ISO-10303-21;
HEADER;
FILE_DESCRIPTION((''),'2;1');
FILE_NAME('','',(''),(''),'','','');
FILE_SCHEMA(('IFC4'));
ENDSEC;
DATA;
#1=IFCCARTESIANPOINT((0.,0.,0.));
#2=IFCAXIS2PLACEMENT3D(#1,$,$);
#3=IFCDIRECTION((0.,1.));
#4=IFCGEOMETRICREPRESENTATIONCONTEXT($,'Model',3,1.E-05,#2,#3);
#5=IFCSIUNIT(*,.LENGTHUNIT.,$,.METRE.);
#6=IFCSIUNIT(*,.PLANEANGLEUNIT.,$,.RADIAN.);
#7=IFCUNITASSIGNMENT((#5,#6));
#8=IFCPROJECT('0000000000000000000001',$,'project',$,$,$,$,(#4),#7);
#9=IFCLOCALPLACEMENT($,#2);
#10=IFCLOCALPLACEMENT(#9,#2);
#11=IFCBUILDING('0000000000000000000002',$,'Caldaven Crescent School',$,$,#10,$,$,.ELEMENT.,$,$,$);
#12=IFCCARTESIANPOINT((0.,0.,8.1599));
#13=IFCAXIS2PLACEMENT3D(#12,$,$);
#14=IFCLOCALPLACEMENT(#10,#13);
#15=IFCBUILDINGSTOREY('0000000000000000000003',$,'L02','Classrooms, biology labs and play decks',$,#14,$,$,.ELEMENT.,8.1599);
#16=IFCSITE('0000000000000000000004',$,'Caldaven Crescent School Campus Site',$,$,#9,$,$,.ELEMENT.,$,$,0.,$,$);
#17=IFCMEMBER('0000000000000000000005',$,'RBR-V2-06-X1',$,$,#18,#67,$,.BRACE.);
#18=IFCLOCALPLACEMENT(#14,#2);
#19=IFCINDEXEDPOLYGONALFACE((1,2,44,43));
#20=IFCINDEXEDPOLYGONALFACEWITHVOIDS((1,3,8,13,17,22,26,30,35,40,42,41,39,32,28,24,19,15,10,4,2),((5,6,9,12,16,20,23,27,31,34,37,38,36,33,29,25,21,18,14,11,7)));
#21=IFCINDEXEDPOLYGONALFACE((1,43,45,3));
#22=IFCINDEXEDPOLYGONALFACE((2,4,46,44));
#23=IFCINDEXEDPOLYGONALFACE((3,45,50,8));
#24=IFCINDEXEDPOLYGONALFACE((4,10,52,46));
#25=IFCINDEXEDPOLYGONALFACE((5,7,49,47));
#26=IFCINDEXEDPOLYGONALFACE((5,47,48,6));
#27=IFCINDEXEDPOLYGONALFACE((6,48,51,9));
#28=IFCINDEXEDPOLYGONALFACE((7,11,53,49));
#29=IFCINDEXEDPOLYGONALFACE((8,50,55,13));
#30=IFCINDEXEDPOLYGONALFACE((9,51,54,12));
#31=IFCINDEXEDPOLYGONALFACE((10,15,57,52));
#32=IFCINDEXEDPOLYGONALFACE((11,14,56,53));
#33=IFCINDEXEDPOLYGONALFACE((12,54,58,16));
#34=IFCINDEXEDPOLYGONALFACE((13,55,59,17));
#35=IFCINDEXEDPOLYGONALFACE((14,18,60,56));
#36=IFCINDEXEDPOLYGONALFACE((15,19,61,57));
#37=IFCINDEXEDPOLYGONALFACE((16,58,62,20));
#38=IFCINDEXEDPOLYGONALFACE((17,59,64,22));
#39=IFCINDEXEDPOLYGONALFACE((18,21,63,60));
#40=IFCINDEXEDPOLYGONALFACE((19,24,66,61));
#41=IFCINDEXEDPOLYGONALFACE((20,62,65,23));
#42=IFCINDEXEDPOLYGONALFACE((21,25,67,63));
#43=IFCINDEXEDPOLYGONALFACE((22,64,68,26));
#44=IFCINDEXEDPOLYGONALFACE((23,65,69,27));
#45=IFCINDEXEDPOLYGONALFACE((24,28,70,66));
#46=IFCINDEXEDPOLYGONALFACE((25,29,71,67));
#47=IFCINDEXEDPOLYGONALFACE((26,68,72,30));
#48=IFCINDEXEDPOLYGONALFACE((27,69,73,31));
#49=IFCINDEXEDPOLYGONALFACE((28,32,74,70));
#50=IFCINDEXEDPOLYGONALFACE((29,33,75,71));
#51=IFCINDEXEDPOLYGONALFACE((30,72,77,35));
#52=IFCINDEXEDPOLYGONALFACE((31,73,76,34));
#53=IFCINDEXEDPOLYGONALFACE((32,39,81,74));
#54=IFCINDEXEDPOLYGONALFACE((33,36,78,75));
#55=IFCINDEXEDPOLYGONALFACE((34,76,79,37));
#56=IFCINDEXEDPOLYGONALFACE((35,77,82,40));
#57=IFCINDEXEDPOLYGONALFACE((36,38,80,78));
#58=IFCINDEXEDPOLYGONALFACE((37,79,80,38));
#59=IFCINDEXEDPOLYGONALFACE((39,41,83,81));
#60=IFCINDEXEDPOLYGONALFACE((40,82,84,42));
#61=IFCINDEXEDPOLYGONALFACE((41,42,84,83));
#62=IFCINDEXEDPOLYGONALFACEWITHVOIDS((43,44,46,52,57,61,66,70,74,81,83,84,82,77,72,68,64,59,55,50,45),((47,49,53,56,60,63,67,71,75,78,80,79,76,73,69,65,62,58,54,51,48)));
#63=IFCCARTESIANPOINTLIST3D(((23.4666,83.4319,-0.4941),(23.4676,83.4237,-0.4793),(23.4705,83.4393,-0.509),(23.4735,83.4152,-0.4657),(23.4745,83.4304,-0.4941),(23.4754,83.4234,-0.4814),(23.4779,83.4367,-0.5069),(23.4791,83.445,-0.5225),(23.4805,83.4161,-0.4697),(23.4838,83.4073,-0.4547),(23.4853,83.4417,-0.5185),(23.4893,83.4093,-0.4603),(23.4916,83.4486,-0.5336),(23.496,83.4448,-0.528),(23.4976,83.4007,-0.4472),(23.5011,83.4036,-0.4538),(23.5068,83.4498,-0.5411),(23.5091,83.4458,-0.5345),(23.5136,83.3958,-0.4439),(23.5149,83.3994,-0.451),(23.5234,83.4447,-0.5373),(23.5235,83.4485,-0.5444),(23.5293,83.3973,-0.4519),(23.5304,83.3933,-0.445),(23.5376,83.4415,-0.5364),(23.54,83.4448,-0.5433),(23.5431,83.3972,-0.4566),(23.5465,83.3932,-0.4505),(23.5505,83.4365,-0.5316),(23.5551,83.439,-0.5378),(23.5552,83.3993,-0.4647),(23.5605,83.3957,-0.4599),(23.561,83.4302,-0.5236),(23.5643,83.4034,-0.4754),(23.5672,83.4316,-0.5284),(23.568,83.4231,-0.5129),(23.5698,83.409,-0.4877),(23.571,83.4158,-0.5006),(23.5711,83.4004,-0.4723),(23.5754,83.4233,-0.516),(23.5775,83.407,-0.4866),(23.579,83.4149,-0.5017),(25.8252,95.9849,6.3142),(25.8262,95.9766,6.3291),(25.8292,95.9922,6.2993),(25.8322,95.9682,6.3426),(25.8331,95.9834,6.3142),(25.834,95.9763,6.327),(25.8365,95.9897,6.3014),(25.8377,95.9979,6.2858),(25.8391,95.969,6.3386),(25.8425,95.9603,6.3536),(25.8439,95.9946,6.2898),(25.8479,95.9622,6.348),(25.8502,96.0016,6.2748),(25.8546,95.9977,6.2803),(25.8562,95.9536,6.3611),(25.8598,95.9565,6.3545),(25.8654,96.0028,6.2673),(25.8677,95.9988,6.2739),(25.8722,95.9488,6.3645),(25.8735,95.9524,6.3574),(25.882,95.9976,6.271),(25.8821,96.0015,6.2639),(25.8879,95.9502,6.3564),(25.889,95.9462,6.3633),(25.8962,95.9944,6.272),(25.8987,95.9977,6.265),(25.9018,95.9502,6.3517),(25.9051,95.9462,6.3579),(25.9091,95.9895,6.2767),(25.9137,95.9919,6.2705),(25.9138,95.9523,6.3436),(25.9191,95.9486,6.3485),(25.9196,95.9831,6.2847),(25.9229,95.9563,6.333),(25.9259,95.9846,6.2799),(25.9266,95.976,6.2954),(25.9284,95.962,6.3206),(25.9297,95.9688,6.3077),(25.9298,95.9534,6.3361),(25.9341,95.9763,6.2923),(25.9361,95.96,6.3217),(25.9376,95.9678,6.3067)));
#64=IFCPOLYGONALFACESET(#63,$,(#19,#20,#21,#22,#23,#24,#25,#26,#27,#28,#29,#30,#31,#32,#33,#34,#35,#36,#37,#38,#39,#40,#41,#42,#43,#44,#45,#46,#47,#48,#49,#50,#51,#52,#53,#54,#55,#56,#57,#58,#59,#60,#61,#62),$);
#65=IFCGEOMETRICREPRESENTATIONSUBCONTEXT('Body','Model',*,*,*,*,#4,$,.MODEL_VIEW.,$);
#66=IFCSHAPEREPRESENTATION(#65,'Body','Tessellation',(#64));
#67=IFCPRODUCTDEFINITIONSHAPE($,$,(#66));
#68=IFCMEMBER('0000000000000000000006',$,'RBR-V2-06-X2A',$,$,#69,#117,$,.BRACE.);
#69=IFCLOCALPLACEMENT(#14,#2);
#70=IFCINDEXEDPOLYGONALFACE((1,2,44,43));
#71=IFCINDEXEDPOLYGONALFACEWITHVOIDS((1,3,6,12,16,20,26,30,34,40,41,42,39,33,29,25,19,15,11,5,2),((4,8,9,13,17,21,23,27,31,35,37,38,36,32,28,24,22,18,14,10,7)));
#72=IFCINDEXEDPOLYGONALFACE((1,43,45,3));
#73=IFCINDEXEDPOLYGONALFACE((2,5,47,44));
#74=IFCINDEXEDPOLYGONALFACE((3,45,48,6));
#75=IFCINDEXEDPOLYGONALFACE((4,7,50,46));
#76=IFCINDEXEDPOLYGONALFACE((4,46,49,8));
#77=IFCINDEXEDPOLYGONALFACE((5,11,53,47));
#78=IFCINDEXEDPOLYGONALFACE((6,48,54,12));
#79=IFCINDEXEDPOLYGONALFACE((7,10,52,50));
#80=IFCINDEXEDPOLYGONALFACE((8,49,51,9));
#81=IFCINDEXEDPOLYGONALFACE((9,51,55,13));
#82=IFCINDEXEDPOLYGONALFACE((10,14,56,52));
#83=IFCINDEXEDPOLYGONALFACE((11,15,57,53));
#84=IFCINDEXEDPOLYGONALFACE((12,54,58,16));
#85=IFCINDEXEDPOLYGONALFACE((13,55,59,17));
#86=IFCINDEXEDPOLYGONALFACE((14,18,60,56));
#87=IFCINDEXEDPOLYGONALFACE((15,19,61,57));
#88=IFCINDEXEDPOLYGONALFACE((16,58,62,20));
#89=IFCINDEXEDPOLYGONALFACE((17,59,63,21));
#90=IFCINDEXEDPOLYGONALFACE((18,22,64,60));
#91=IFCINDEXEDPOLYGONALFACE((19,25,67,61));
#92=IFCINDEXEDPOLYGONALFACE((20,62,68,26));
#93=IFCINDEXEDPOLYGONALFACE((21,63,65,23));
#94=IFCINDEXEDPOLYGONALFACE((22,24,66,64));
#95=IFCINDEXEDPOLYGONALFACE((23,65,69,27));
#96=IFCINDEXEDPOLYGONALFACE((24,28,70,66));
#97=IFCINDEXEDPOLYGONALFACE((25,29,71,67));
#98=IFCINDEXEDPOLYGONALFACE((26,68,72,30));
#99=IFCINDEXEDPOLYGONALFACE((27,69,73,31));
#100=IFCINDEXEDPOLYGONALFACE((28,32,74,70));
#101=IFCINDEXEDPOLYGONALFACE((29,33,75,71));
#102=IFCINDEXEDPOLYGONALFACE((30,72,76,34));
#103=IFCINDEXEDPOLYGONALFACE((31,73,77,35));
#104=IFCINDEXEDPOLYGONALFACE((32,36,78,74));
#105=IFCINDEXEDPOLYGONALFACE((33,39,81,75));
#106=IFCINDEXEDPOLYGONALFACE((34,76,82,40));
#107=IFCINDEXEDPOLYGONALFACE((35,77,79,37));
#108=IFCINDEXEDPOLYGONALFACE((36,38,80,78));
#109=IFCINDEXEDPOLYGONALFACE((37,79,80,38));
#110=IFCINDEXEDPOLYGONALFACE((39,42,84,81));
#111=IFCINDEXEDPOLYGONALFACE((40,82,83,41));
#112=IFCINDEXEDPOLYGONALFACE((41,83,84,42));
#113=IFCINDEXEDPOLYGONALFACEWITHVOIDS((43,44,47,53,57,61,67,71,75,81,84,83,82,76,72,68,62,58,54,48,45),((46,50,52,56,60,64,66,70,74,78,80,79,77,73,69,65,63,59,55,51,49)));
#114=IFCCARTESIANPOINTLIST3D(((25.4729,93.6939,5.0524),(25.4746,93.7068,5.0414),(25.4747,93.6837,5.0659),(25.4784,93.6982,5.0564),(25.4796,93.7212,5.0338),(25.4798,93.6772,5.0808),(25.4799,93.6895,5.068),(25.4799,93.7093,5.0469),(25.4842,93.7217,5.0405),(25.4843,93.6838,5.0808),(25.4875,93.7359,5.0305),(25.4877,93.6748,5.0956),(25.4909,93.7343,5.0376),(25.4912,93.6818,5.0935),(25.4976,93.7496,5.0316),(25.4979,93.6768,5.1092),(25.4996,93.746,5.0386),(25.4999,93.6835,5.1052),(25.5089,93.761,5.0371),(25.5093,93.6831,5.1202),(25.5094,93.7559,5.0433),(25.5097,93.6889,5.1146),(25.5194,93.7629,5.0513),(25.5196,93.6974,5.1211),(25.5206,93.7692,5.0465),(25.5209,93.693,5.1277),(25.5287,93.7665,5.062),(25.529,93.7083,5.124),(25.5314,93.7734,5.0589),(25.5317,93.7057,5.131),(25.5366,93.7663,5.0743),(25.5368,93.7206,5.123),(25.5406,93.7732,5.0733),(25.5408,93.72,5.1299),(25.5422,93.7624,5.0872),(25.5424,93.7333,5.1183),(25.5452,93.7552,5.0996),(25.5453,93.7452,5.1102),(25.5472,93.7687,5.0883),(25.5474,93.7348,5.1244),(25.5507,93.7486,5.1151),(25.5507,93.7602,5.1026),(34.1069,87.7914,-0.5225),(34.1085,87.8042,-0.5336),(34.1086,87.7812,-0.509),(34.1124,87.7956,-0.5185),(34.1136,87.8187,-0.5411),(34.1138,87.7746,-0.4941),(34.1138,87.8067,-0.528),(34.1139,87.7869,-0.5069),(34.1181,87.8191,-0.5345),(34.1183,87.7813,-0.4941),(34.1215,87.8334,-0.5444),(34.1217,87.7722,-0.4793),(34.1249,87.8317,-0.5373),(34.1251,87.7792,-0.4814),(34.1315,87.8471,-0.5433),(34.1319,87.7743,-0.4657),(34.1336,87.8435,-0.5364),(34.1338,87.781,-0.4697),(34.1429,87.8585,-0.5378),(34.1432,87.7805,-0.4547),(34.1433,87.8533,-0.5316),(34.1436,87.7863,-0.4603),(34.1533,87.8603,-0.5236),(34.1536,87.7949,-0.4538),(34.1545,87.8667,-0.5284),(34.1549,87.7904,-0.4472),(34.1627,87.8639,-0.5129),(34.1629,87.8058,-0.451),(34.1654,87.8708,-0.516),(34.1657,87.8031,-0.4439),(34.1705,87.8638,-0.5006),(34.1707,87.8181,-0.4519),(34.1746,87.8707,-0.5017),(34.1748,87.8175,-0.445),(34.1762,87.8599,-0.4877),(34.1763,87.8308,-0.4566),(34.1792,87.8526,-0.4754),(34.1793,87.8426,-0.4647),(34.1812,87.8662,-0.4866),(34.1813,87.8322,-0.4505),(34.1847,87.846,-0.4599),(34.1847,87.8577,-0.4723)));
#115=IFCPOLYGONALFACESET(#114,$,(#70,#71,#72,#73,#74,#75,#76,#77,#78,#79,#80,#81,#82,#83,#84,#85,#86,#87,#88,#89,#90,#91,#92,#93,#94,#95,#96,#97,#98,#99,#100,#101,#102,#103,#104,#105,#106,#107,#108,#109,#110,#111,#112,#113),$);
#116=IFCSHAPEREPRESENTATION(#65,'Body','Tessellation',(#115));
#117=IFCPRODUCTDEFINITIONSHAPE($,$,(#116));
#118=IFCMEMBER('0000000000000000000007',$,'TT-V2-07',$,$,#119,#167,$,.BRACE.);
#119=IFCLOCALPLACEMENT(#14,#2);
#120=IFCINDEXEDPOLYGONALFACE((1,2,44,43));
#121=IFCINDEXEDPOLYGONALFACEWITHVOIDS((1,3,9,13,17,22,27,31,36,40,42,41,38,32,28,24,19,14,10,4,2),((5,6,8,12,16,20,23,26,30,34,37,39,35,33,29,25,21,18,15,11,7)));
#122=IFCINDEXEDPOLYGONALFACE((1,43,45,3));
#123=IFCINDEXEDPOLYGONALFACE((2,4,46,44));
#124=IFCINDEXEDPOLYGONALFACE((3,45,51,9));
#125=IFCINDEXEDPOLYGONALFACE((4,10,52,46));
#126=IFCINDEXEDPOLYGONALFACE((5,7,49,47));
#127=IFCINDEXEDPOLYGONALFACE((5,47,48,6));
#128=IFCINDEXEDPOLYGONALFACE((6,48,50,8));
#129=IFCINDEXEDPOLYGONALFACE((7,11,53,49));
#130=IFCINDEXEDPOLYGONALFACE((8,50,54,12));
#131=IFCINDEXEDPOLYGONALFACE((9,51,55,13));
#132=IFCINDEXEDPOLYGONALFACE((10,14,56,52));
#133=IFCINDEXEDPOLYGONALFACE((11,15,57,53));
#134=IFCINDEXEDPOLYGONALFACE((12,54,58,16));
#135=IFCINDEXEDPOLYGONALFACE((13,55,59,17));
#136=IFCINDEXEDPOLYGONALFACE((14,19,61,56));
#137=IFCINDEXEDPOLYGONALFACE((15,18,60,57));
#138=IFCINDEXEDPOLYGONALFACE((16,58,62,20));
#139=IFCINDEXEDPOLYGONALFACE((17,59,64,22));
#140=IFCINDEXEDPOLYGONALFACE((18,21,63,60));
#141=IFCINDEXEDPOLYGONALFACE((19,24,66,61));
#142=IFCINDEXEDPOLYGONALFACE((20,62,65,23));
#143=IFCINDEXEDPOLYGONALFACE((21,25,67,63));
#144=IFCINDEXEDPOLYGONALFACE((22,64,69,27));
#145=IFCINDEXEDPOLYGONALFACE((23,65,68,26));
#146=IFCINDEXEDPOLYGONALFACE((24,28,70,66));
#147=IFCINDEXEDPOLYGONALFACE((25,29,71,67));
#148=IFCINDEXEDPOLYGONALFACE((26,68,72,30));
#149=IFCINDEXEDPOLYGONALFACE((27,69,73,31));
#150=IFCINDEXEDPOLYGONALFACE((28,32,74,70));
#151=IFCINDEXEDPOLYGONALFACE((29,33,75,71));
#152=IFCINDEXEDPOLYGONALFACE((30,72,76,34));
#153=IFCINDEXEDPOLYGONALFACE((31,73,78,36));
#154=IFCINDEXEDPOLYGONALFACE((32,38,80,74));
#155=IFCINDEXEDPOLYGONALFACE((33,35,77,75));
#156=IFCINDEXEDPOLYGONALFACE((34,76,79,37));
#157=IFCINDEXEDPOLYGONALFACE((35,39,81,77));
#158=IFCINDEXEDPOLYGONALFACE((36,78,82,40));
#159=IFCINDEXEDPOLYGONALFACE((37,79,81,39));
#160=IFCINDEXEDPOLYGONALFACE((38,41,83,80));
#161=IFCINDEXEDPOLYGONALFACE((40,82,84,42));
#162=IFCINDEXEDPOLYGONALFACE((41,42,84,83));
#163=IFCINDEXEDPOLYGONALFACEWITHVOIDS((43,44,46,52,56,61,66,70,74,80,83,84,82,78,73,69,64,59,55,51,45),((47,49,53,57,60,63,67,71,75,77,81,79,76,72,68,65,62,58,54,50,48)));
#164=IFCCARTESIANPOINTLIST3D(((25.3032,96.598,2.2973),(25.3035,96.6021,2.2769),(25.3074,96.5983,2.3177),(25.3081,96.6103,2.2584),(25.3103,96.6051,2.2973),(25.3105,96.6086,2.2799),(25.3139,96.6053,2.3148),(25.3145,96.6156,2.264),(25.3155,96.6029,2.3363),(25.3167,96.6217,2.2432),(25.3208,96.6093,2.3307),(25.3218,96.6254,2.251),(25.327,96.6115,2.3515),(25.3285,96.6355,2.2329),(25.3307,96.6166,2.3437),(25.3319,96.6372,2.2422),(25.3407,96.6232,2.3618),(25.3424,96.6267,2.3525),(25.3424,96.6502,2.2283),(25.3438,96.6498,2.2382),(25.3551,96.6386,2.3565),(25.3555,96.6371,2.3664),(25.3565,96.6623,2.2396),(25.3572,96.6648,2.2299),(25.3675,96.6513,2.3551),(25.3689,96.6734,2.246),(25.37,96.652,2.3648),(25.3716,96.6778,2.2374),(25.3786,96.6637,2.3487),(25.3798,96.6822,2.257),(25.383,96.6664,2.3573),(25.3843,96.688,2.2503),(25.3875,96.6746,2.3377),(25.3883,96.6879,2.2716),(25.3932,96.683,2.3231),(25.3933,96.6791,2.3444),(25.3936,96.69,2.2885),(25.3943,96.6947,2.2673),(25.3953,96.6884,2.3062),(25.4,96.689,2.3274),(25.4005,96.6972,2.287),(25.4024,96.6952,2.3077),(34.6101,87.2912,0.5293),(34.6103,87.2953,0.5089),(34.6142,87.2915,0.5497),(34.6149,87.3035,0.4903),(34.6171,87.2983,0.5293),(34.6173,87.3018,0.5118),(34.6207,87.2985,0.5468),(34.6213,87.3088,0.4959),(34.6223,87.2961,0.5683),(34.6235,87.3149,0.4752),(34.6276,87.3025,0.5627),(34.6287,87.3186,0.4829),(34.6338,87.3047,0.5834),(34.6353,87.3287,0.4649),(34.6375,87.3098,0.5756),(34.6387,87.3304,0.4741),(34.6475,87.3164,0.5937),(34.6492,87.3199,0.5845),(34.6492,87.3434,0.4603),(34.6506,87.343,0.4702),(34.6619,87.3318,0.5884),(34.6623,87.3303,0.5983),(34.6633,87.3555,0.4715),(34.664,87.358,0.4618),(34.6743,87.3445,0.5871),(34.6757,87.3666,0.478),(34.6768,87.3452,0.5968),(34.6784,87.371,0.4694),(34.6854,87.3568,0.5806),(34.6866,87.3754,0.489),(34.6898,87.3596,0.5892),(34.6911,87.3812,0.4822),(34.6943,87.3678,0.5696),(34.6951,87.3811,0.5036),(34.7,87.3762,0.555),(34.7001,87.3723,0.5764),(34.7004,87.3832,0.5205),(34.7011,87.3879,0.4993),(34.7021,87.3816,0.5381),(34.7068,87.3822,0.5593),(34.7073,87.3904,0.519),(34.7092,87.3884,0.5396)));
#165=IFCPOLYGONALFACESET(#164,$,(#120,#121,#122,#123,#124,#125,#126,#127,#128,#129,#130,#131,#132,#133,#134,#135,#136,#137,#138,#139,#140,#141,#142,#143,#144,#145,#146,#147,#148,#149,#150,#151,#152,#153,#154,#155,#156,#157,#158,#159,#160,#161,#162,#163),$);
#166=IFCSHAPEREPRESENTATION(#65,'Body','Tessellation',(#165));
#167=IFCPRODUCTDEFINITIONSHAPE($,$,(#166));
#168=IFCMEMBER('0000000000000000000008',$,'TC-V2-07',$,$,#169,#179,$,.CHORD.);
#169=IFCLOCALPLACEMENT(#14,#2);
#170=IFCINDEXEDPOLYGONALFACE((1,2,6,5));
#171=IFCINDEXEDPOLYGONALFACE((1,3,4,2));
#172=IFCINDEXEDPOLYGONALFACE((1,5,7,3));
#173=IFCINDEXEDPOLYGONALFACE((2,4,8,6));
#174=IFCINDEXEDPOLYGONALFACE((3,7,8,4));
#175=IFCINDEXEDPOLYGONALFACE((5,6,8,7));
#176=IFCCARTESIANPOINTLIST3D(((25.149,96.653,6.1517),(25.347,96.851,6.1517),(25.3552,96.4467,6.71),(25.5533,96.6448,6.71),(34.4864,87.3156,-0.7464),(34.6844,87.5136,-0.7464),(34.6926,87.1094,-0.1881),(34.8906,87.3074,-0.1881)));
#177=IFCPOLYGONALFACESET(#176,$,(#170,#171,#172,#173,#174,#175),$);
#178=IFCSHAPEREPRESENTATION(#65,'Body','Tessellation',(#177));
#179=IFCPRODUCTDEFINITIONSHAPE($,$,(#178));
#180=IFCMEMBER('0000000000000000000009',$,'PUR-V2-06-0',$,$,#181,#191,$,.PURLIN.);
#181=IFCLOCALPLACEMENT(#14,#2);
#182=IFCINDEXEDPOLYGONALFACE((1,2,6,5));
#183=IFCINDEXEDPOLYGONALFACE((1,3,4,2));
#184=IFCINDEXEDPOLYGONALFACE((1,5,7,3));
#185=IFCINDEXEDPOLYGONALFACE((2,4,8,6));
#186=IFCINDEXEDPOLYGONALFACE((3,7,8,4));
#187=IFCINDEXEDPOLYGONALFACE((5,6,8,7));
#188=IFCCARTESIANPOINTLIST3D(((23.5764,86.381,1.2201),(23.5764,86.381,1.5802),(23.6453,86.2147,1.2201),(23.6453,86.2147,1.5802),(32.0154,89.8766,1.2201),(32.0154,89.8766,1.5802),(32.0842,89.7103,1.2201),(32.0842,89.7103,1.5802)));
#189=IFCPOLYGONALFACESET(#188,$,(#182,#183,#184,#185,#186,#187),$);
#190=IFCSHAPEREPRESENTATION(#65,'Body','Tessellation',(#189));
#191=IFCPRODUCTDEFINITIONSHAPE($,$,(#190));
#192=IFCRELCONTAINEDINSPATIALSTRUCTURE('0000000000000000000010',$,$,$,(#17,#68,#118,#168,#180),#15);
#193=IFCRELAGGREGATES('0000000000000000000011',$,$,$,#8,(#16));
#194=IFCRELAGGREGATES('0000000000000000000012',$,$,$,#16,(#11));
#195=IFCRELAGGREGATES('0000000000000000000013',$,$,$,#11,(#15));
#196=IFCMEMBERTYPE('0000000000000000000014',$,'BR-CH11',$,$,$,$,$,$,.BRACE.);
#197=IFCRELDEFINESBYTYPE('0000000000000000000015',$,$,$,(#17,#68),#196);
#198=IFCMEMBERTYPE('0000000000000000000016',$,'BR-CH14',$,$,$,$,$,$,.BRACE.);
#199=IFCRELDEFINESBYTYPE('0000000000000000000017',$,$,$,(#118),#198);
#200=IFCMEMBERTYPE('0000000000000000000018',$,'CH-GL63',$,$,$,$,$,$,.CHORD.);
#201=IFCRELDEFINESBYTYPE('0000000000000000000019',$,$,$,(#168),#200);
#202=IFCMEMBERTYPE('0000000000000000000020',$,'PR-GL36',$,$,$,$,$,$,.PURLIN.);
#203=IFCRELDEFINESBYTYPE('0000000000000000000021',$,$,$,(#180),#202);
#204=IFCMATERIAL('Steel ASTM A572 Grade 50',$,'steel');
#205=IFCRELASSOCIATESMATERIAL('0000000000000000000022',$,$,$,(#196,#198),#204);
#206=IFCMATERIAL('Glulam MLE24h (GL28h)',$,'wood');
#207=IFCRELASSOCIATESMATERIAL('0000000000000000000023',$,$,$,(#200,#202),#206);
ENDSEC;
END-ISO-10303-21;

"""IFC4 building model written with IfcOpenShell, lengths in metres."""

from ifc_helpers import new_model, si_unit, direction, frame, origin, origin_2d, place, context, subcontext, project, spatial, rectangle, hollow_circle, extrude, material, material_profile, profile_set, type_object, element, save


model = new_model("IFC4")

# Units and contexts
model_context = context("Model", 3, precision=1e-05, world=origin(), true_north=direction((0.0, 1.0)))
body_context = subcontext(model_context, "Body", "Model", "MODEL_VIEW")
ifc_project = project(units=[si_unit("LENGTHUNIT", "METRE"), si_unit("PLANEANGLEUNIT", "RADIAN")], contexts=[model_context])

# Site, building, storey
site_placement = place(None, origin())
site = spatial("IfcSite", under=ifc_project, at=site_placement, Name="Caldaven Crescent School Campus Site", CompositionType="ELEMENT", RefElevation=0.0)
building_placement = place(site_placement, origin())
building = spatial("IfcBuilding", under=site, at=building_placement, Name="Caldaven Crescent School", CompositionType="ELEMENT")
storey_placement = place(building_placement, frame((0.0, 0.0, 8.1599)))
storey = spatial("IfcBuildingStorey", under=building, at=storey_placement, Name="L02", Description="Classrooms, biology labs and play decks", CompositionType="ELEMENT", Elevation=8.1599)

# Shared definitions
ifc_material_1 = material(Name="Glulam MLE24h (GL28h)", Category="wood")
ifc_material_2 = material(Name="Steel ASTM A572 Grade 50", Category="steel")

# Members
ifc_material_profile_1 = material_profile(ifc_material_2, hollow_circle(Radius=0.0571, WallThickness=0.0081, at=origin_2d()), Name="CHS 114.3x8.0")
ifc_profile_set_1 = profile_set([ifc_material_profile_1], Name="Steel ASTM A572 Grade 50")
member_type_1 = type_object("IfcMemberType", Name="BR-CH11", PredefinedType="BRACE", material=ifc_profile_set_1)
member_1_placement = place(storey_placement, frame((23.5227, 83.4214, -0.4941), z_axis=(0.162958, 0.867283, 0.470388), x_axis=(-0.982802, 0.184664, 0.0)))
element("IfcMember", 1, at=member_1_placement, inside=storey, type_object=member_type_1, Name="RBR-V2-06-X1", PredefinedType="BRACE", context=body_context, shape_type="SweptSolid", body=[
    extrude(hollow_circle(Radius=0.0571, WallThickness=0.0081, at=origin_2d()), origin(), (0.0, 0.0, 1.0), 14.4739),
])
member_2_placement = place(storey_placement, frame((34.146, 87.8218, -0.4941), z_axis=(-0.728495, 0.49803, 0.470385), x_axis=(-0.564364, -0.825526, 0.0)))
element("IfcMember", 2, at=member_2_placement, inside=storey, type_object=member_type_1, Name="RBR-V2-06-X2A", PredefinedType="BRACE", context=body_context, shape_type="SweptSolid", body=[
    extrude(hollow_circle(Radius=0.0571, WallThickness=0.0081, at=origin_2d()), origin(), (0.0, 0.0, 1.0), 11.8518),
])
ifc_material_profile_2 = material_profile(ifc_material_2, hollow_circle(Radius=0.0698, WallThickness=0.01, at=origin_2d()), Name="CHS 139.7x10.0")
ifc_profile_set_2 = profile_set([ifc_material_profile_2], Name="Steel ASTM A572 Grade 50")
member_type_2 = type_object("IfcMemberType", Name="BR-CH14", PredefinedType="BRACE", material=ifc_profile_set_2)
member_3_placement = place(storey_placement, frame((34.6594, 87.3406, 0.5293), z_axis=(-0.700812, 0.700812, 0.133136), x_axis=(-0.707107, -0.707107, 0.0)))
element("IfcMember", 3, at=member_3_placement, inside=storey, type_object=member_type_2, Name="TT-V2-07", PredefinedType="BRACE", context=body_context, shape_type="SweptSolid", body=[
    extrude(hollow_circle(Radius=0.0698, WallThickness=0.01, at=origin_2d()), origin(), (0.0, 0.0, 1.0), 13.28),
])
ifc_material_profile_3 = material_profile(ifc_material_1, rectangle(XDim=0.28, YDim=0.6299, at=origin_2d()), Name="MLE 280x630")
ifc_profile_set_3 = profile_set([ifc_material_profile_3], Name="Glulam MLE24h (GL28h)")
member_type_3 = type_object("IfcMemberType", Name="CH-GL63", PredefinedType="CHORD", material=ifc_profile_set_3)
member_4_placement = place(storey_placement, frame((34.6885, 87.3115, -0.4673), z_axis=(-0.626743, 0.626743, 0.463019), x_axis=(-0.707107, -0.707107, 0.0)))
element("IfcMember", 4, at=member_4_placement, inside=storey, type_object=member_type_3, Name="TC-V2-07", PredefinedType="CHORD", context=body_context, shape_type="SweptSolid", body=[
    extrude(rectangle(XDim=0.28, YDim=0.6299, at=origin_2d()), origin(), (0.0, 0.0, 1.0), 14.8982),
])
ifc_material_profile_4 = material_profile(ifc_material_1, rectangle(XDim=0.1799, YDim=0.3601, at=origin_2d()), Name="MLE 180x360")
ifc_profile_set_4 = profile_set([ifc_material_profile_4], Name="Glulam MLE24h (GL28h)")
member_type_4 = type_object("IfcMemberType", Name="PR-GL36", PredefinedType="PURLIN", material=ifc_profile_set_4)
member_5_placement = place(storey_placement, frame((23.6108, 86.2979, 1.4001), z_axis=(0.923877, 0.38269, 0.0), x_axis=(-0.38269, 0.923877, 0.0)))
element("IfcMember", 5, at=member_5_placement, inside=storey, type_object=member_type_4, Name="PUR-V2-06-0", PredefinedType="PURLIN", context=body_context, shape_type="SweptSolid", body=[
    extrude(rectangle(XDim=0.1799, YDim=0.3601, at=origin_2d()), origin(), (0.0, 0.0, 1.0), 9.1343),
])

save(model, "model.ifc")
